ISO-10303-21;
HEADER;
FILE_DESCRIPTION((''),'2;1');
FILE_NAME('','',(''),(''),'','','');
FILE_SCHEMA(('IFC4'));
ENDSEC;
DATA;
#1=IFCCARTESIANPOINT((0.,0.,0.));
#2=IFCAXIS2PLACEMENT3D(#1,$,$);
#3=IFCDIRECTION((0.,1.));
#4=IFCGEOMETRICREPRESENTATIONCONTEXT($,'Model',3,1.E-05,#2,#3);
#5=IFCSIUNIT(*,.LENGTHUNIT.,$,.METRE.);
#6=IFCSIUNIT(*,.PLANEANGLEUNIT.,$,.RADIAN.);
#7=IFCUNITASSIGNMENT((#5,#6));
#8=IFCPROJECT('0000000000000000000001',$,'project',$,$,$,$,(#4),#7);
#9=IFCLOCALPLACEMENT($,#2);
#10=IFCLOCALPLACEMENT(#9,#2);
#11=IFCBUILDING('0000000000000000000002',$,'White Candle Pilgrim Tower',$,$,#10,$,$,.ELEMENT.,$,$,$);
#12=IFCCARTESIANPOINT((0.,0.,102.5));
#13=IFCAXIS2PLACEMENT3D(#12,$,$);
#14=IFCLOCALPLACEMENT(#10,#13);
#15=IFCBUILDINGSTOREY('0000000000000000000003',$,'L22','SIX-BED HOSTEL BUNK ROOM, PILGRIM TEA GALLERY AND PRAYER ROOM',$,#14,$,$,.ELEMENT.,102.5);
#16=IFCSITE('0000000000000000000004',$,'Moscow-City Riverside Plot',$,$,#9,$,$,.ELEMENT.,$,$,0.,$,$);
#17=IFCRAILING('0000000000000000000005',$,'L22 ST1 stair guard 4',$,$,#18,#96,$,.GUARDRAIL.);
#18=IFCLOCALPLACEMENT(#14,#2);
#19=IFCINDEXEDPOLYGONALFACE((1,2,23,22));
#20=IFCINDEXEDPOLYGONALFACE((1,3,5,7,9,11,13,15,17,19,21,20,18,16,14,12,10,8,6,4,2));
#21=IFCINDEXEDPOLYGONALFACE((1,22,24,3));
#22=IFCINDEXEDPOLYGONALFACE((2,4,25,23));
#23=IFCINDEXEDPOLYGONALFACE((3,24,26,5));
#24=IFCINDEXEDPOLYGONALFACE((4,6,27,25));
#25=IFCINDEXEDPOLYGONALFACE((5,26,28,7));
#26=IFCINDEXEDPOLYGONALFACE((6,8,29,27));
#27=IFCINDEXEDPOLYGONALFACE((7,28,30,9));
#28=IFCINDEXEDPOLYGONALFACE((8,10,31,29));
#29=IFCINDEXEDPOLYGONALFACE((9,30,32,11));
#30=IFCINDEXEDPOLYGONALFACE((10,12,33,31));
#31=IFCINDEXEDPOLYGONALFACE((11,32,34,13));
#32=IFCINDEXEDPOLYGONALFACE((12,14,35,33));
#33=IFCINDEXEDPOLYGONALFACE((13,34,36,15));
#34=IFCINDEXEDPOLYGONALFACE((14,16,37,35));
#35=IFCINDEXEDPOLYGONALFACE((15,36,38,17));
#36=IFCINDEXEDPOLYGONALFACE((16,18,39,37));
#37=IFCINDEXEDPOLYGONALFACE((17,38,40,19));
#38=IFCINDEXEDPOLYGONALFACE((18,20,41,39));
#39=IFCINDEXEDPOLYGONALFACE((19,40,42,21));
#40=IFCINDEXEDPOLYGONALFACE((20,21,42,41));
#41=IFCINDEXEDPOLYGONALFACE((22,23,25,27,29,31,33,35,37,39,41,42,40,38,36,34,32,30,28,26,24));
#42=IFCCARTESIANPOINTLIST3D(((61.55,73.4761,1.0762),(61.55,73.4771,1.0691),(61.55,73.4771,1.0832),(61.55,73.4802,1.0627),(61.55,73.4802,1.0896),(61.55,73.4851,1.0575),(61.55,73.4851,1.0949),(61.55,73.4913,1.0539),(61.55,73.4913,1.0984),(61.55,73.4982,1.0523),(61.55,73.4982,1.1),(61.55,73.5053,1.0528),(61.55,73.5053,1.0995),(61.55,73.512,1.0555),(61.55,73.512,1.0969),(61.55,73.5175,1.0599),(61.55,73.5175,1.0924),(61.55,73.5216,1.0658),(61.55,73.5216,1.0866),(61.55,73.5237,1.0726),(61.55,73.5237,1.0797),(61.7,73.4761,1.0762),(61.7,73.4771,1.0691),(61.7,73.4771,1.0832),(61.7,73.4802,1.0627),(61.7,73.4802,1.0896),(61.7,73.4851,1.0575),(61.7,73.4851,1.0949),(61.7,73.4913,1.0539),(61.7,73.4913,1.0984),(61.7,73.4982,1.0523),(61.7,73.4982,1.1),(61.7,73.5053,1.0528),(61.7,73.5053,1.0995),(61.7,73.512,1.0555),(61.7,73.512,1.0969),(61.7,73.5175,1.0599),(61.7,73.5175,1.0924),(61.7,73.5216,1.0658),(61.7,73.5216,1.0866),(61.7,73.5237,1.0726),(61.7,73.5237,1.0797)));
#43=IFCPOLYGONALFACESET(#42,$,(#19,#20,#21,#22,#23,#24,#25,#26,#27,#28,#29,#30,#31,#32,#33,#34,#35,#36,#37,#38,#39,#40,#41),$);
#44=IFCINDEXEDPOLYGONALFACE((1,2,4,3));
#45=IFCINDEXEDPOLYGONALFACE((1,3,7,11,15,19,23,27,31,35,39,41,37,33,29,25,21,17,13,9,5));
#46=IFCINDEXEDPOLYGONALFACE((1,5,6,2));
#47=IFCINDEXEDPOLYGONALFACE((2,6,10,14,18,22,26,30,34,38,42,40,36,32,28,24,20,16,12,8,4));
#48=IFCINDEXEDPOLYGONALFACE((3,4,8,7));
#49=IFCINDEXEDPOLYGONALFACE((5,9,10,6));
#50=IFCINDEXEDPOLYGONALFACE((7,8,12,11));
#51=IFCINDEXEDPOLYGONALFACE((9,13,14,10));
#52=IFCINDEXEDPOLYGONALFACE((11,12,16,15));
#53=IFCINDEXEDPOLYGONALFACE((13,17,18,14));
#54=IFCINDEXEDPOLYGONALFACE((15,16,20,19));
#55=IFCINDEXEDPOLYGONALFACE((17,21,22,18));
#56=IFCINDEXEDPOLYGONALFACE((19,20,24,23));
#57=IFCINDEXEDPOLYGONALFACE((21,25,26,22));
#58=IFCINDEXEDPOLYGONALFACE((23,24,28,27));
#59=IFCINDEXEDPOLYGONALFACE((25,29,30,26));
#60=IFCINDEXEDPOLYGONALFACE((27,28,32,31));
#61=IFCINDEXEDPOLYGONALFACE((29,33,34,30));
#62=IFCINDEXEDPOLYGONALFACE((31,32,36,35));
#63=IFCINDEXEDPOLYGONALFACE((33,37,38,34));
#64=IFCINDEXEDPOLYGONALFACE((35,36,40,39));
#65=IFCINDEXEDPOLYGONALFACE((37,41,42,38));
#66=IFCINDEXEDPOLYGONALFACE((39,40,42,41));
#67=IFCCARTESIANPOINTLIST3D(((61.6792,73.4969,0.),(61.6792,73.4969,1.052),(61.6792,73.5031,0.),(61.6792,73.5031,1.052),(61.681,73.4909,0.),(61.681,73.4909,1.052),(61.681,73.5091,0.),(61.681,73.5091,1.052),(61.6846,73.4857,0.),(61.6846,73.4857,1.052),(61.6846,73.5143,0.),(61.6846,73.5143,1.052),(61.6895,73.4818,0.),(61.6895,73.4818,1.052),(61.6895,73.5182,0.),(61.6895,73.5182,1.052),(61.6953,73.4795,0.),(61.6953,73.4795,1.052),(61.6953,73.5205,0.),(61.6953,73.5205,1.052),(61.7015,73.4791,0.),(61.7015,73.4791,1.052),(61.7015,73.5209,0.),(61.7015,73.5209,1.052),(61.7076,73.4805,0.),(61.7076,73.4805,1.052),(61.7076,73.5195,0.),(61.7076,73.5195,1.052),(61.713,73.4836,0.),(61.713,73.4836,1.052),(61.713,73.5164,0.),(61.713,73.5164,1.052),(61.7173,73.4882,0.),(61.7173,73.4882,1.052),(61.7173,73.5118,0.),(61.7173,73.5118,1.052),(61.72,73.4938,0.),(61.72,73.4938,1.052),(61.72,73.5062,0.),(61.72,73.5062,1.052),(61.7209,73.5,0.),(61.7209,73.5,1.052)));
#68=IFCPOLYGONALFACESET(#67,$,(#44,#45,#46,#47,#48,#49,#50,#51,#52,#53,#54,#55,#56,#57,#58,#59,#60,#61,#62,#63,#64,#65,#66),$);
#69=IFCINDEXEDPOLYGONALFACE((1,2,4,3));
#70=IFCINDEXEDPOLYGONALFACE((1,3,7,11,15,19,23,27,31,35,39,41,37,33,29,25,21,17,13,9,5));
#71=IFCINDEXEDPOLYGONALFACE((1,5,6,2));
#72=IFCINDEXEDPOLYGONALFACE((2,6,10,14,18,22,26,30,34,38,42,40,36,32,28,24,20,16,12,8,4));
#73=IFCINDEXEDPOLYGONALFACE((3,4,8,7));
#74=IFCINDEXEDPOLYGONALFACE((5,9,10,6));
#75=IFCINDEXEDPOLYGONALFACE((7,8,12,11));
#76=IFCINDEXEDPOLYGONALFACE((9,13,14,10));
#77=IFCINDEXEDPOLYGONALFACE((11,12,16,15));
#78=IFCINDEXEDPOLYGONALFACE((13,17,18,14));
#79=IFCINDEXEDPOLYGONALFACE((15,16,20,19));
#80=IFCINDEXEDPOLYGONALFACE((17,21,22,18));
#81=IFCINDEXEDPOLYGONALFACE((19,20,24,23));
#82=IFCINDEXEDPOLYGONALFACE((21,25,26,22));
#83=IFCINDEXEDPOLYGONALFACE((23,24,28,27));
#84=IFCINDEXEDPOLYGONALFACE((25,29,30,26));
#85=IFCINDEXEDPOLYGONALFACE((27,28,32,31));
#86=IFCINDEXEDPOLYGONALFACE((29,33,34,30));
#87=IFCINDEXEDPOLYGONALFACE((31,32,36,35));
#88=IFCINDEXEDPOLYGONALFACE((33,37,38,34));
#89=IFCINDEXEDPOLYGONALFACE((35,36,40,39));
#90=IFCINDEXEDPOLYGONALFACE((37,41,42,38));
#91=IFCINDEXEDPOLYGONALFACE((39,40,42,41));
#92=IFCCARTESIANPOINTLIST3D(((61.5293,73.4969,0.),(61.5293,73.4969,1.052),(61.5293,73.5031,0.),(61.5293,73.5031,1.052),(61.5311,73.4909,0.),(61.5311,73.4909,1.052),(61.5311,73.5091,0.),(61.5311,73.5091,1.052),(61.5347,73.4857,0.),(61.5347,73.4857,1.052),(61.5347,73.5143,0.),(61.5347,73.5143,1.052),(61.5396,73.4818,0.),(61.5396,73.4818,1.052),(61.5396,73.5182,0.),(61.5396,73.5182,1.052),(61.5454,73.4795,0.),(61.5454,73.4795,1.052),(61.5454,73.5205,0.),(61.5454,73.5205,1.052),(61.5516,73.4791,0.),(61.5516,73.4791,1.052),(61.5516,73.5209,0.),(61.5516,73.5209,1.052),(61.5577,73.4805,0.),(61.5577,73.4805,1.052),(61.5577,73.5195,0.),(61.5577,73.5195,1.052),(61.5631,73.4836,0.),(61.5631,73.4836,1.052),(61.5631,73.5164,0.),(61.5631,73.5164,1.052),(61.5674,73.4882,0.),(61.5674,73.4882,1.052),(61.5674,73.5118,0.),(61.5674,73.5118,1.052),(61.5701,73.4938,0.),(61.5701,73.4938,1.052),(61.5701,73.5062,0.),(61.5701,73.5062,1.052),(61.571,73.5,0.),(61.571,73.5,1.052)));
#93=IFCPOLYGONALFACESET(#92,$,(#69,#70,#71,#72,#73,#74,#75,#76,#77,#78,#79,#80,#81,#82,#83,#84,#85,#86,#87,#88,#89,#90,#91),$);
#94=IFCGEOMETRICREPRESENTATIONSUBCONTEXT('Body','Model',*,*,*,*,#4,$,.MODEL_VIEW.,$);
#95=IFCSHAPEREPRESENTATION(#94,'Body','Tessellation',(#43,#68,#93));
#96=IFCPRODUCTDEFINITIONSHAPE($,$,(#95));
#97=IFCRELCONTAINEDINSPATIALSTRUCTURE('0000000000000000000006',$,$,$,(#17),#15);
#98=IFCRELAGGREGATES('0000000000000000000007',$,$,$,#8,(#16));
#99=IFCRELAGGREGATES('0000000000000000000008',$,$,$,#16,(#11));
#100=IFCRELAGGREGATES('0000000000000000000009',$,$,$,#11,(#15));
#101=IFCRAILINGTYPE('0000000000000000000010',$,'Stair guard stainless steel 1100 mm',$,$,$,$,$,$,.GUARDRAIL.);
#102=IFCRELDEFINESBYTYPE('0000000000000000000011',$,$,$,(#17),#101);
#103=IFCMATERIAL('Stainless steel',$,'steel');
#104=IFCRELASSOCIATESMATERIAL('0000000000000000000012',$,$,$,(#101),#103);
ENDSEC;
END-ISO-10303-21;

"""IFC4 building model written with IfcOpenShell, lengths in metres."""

from ifc_helpers import new_model, si_unit, direction, frame, origin, origin_2d, place, context, subcontext, project, spatial, circle, extrude, material, type_object, element, save


model = new_model("IFC4")

# Units and contexts
model_context = context("Model", 3, precision=1e-05, world=origin(), true_north=direction((0.0, 1.0)))
body_context = subcontext(model_context, "Body", "Model", "MODEL_VIEW")
ifc_project = project(units=[si_unit("LENGTHUNIT", "METRE"), si_unit("PLANEANGLEUNIT", "RADIAN")], contexts=[model_context])

# Site, building, storey
site_placement = place(None, origin())
site = spatial("IfcSite", under=ifc_project, at=site_placement, Name="Moscow-City Riverside Plot", CompositionType="ELEMENT", RefElevation=0.0)
building_placement = place(site_placement, origin())
building = spatial("IfcBuilding", under=site, at=building_placement, Name="White Candle Pilgrim Tower", CompositionType="ELEMENT")
storey_placement = place(building_placement, frame((0.0, 0.0, 102.5)))
storey = spatial("IfcBuildingStorey", under=building, at=storey_placement, Name="L22", Description="SIX-BED HOSTEL BUNK ROOM, PILGRIM TEA GALLERY AND PRAYER ROOM", CompositionType="ELEMENT", Elevation=102.5)

# Shared definitions
ifc_material_1 = material(Name="Stainless steel", Category="steel")

# Railing
railing_type_1 = type_object("IfcRailingType", Name="Stair guard stainless steel 1100 mm", PredefinedType="GUARDRAIL", material=ifc_material_1)
railing_1_placement = place(storey_placement, frame((61.7, 73.5, 0.0)))
element("IfcRailing", 1, at=railing_1_placement, inside=storey, type_object=railing_type_1, Name="L22 ST1 stair guard 4", PredefinedType="GUARDRAIL", context=body_context, shape_type="SweptSolid", body=[
    extrude(circle(Radius=0.0239, at=origin_2d()), frame((0.0, 0.0, 1.0762), z_axis=(-1.0, 0.0, 0.0), x_axis=(0.0, -1.0, 0.0)), (0.0, 0.0, 1.0), 0.1499),
    extrude(circle(Radius=0.021, at=origin_2d()), origin(), (0.0, 0.0, 1.0), 1.052),
    extrude(circle(Radius=0.021, at=origin_2d()), frame((-0.1499, 0.0, 0.0)), (0.0, 0.0, 1.0), 1.052),
])

save(model, "model.ifc")
